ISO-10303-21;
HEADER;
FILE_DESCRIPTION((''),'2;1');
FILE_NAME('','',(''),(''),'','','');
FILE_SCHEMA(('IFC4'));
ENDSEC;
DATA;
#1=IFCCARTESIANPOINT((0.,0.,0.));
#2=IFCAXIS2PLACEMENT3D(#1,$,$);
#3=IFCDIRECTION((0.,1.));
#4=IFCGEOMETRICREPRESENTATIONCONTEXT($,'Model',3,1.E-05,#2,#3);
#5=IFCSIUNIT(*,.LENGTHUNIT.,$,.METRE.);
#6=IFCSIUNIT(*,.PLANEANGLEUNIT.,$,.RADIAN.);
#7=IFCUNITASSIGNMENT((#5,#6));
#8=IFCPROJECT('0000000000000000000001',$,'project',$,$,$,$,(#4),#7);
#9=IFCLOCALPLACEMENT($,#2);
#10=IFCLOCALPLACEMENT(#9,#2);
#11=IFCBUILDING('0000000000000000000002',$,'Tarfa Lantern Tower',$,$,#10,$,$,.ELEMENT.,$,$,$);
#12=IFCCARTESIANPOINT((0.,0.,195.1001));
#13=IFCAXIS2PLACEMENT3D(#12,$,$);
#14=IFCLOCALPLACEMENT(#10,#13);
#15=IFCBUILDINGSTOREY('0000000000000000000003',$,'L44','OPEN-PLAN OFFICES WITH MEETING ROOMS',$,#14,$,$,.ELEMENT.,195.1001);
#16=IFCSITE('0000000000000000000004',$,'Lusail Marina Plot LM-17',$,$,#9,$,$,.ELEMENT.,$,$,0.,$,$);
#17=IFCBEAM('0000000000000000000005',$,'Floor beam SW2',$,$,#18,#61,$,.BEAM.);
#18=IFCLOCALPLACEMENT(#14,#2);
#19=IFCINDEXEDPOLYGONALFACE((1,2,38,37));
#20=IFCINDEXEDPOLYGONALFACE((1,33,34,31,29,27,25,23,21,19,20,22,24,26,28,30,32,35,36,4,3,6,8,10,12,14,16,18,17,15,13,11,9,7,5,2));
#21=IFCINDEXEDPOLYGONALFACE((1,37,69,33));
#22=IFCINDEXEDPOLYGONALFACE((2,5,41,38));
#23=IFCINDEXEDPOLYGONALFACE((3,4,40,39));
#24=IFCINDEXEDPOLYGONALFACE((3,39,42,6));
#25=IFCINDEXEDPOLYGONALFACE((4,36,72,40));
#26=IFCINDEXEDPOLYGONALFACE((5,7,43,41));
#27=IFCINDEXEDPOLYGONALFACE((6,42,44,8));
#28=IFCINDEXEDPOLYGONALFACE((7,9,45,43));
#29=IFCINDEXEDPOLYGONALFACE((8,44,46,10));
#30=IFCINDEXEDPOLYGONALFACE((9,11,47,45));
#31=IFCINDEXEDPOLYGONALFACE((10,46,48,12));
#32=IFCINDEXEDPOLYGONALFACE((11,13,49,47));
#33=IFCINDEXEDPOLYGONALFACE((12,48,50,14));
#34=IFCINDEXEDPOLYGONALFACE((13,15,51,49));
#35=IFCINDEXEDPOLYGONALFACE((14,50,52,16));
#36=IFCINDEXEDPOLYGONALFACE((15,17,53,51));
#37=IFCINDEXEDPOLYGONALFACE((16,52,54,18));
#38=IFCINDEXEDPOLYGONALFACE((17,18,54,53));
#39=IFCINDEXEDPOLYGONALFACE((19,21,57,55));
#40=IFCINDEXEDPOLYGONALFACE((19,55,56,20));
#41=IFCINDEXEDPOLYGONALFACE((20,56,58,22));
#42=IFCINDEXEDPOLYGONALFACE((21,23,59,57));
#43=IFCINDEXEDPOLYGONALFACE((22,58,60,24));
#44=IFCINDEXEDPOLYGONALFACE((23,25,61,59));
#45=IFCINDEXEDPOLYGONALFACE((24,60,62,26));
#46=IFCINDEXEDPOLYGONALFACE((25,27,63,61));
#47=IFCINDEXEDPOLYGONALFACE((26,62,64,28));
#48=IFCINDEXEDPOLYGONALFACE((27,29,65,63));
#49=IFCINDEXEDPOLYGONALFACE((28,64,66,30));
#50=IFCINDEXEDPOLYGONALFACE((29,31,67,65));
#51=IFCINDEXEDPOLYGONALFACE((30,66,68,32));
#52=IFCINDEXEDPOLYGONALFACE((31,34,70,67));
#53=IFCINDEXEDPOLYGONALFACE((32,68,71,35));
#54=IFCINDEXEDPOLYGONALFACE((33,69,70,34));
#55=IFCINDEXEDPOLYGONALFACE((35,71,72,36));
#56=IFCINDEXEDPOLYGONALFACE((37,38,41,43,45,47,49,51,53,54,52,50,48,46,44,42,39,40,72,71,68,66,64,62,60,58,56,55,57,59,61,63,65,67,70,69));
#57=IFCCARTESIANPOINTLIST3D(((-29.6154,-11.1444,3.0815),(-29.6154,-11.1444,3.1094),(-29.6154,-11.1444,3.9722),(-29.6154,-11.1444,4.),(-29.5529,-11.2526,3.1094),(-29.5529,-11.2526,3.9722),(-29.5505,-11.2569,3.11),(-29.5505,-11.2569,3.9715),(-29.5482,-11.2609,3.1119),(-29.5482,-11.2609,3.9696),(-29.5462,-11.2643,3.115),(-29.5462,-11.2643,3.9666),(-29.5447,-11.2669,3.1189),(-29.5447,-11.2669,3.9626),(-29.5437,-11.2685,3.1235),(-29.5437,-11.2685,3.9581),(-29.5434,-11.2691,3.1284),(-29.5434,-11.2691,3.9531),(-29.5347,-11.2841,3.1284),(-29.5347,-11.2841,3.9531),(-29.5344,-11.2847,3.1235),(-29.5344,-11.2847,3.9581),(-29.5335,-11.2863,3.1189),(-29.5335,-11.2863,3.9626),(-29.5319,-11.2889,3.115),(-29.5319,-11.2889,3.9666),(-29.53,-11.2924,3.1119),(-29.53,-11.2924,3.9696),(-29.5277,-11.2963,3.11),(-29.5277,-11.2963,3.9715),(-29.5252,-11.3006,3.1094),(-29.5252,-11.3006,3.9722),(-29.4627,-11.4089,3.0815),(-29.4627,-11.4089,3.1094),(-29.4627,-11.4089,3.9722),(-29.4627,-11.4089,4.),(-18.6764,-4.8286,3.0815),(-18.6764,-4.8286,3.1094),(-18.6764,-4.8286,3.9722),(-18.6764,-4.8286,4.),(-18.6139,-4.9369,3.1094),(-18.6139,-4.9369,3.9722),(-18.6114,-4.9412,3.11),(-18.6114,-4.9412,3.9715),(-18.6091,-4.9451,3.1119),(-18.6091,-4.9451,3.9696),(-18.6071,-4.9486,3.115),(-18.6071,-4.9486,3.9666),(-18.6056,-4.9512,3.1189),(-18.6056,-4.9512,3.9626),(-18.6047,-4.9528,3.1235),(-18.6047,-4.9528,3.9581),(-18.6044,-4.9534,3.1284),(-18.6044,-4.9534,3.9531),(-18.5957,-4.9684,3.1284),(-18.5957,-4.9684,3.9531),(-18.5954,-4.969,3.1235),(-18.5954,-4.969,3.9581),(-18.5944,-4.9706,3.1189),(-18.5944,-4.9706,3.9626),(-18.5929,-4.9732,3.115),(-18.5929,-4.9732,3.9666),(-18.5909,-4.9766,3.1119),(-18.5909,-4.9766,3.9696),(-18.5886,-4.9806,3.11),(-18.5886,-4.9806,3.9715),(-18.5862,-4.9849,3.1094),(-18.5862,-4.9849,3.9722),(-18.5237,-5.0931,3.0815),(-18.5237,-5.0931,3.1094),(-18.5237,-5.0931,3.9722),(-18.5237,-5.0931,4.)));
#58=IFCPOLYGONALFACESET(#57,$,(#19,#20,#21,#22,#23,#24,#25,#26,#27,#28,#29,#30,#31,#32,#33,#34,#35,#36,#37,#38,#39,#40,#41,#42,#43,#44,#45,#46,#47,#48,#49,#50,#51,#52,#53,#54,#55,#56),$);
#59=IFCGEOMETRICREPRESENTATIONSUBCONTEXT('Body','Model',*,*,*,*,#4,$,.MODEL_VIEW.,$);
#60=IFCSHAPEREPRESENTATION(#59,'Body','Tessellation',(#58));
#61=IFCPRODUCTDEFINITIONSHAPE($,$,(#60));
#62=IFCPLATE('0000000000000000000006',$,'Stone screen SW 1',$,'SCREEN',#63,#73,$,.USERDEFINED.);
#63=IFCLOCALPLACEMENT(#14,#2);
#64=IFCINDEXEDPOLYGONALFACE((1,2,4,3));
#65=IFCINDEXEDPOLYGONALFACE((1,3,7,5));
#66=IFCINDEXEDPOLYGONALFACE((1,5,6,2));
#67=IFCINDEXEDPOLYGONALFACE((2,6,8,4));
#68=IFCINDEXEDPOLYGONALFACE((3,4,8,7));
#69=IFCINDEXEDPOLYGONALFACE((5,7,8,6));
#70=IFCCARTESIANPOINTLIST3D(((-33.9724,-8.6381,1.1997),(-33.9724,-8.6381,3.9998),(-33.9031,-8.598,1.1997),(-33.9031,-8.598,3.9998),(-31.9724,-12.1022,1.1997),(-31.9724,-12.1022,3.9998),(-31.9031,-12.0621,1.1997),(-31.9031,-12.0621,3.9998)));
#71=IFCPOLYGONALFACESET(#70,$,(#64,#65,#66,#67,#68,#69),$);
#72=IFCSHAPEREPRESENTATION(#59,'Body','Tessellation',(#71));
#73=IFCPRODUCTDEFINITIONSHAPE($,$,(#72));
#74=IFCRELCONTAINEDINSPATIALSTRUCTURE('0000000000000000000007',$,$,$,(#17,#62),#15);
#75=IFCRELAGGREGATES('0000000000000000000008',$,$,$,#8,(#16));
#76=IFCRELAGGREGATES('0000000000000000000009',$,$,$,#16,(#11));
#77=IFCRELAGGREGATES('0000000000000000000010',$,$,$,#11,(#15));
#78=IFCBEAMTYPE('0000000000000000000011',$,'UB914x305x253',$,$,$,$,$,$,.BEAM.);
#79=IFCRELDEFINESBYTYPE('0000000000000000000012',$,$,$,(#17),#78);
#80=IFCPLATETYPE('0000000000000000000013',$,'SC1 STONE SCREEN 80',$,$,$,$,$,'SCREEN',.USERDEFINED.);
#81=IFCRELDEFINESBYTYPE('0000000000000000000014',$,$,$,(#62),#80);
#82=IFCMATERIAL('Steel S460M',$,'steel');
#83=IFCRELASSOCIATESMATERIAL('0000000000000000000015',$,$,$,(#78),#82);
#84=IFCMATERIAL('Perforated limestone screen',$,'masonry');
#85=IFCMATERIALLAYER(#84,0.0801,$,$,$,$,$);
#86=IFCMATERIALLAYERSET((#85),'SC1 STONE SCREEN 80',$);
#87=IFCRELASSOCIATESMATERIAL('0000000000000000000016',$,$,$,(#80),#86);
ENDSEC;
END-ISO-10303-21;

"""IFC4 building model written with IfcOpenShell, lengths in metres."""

from ifc_helpers import new_model, si_unit, direction, frame, origin, origin_2d, place, context, subcontext, project, spatial, rectangle, i_section, extrude, material, layer, layer_set, material_profile, profile_set, type_object, element, save


model = new_model("IFC4")

# Units and contexts
model_context = context("Model", 3, precision=1e-05, world=origin(), true_north=direction((0.0, 1.0)))
body_context = subcontext(model_context, "Body", "Model", "MODEL_VIEW")
ifc_project = project(units=[si_unit("LENGTHUNIT", "METRE"), si_unit("PLANEANGLEUNIT", "RADIAN")], contexts=[model_context])

# Site, building, storey
site_placement = place(None, origin())
site = spatial("IfcSite", under=ifc_project, at=site_placement, Name="Lusail Marina Plot LM-17", CompositionType="ELEMENT", RefElevation=0.0)
building_placement = place(site_placement, origin())
building = spatial("IfcBuilding", under=site, at=building_placement, Name="Tarfa Lantern Tower", CompositionType="ELEMENT")
storey_placement = place(building_placement, frame((0.0, 0.0, 195.1001)))
storey = spatial("IfcBuildingStorey", under=building, at=storey_placement, Name="L44", Description="OPEN-PLAN OFFICES WITH MEETING ROOMS", CompositionType="ELEMENT", Elevation=195.1001)

# Beam
ifc_material_1 = material(Name="Steel S460M", Category="steel")
ifc_material_profile_1 = material_profile(ifc_material_1, i_section(OverallWidth=0.3054, OverallDepth=0.9185, WebThickness=0.0173, FlangeThickness=0.0278, FilletRadius=0.019, at=origin_2d()), Name="UB914x305x253")
ifc_profile_set_1 = profile_set([ifc_material_profile_1], Name="Steel S460M")
beam_type_1 = type_object("IfcBeamType", Name="UB914x305x253", PredefinedType="BEAM", material=ifc_profile_set_1)
beam_1_placement = place(storey_placement, frame((-29.5391, -11.2766, 3.5408), z_axis=(0.866023, 0.500004, 0.0), x_axis=(-0.500004, 0.866023, 0.0)))
element("IfcBeam", 1, at=beam_1_placement, inside=storey, type_object=beam_type_1, Name="Floor beam SW2", PredefinedType="BEAM", context=body_context, shape_type="SweptSolid", body=[
    extrude(i_section(OverallWidth=0.3054, OverallDepth=0.9185, WebThickness=0.0173, FlangeThickness=0.0278, FilletRadius=0.019, at=origin_2d()), origin(), (0.0, 0.0, 1.0), 12.6313),
])

# Plate
ifc_material_2 = material(Name="Perforated limestone screen", Category="masonry")
ifc_layer_1 = layer(ifc_material_2, 0.0801)
ifc_layer_set_1 = layer_set([ifc_layer_1], Name="SC1 STONE SCREEN 80")
plate_type = type_object("IfcPlateType", Name="SC1 STONE SCREEN 80", ElementType="SCREEN", PredefinedType="USERDEFINED", material=ifc_layer_set_1)
plate_placement = place(storey_placement, frame((-32.9377, -10.3501, 1.1997), z_axis=(0.0, 0.0, 1.0), x_axis=(0.5, -0.866025, 0.0)))
element("IfcPlate", 2, at=plate_placement, inside=storey, type_object=plate_type, Name="Stone screen SW 1", ObjectType="SCREEN", PredefinedType="USERDEFINED", context=body_context, shape_type="SweptSolid", body=[
    extrude(rectangle(XDim=4.0, YDim=0.0801, at=origin_2d()), origin(), (0.0, 0.0, 1.0), 2.8),
])

save(model, "model.ifc")
